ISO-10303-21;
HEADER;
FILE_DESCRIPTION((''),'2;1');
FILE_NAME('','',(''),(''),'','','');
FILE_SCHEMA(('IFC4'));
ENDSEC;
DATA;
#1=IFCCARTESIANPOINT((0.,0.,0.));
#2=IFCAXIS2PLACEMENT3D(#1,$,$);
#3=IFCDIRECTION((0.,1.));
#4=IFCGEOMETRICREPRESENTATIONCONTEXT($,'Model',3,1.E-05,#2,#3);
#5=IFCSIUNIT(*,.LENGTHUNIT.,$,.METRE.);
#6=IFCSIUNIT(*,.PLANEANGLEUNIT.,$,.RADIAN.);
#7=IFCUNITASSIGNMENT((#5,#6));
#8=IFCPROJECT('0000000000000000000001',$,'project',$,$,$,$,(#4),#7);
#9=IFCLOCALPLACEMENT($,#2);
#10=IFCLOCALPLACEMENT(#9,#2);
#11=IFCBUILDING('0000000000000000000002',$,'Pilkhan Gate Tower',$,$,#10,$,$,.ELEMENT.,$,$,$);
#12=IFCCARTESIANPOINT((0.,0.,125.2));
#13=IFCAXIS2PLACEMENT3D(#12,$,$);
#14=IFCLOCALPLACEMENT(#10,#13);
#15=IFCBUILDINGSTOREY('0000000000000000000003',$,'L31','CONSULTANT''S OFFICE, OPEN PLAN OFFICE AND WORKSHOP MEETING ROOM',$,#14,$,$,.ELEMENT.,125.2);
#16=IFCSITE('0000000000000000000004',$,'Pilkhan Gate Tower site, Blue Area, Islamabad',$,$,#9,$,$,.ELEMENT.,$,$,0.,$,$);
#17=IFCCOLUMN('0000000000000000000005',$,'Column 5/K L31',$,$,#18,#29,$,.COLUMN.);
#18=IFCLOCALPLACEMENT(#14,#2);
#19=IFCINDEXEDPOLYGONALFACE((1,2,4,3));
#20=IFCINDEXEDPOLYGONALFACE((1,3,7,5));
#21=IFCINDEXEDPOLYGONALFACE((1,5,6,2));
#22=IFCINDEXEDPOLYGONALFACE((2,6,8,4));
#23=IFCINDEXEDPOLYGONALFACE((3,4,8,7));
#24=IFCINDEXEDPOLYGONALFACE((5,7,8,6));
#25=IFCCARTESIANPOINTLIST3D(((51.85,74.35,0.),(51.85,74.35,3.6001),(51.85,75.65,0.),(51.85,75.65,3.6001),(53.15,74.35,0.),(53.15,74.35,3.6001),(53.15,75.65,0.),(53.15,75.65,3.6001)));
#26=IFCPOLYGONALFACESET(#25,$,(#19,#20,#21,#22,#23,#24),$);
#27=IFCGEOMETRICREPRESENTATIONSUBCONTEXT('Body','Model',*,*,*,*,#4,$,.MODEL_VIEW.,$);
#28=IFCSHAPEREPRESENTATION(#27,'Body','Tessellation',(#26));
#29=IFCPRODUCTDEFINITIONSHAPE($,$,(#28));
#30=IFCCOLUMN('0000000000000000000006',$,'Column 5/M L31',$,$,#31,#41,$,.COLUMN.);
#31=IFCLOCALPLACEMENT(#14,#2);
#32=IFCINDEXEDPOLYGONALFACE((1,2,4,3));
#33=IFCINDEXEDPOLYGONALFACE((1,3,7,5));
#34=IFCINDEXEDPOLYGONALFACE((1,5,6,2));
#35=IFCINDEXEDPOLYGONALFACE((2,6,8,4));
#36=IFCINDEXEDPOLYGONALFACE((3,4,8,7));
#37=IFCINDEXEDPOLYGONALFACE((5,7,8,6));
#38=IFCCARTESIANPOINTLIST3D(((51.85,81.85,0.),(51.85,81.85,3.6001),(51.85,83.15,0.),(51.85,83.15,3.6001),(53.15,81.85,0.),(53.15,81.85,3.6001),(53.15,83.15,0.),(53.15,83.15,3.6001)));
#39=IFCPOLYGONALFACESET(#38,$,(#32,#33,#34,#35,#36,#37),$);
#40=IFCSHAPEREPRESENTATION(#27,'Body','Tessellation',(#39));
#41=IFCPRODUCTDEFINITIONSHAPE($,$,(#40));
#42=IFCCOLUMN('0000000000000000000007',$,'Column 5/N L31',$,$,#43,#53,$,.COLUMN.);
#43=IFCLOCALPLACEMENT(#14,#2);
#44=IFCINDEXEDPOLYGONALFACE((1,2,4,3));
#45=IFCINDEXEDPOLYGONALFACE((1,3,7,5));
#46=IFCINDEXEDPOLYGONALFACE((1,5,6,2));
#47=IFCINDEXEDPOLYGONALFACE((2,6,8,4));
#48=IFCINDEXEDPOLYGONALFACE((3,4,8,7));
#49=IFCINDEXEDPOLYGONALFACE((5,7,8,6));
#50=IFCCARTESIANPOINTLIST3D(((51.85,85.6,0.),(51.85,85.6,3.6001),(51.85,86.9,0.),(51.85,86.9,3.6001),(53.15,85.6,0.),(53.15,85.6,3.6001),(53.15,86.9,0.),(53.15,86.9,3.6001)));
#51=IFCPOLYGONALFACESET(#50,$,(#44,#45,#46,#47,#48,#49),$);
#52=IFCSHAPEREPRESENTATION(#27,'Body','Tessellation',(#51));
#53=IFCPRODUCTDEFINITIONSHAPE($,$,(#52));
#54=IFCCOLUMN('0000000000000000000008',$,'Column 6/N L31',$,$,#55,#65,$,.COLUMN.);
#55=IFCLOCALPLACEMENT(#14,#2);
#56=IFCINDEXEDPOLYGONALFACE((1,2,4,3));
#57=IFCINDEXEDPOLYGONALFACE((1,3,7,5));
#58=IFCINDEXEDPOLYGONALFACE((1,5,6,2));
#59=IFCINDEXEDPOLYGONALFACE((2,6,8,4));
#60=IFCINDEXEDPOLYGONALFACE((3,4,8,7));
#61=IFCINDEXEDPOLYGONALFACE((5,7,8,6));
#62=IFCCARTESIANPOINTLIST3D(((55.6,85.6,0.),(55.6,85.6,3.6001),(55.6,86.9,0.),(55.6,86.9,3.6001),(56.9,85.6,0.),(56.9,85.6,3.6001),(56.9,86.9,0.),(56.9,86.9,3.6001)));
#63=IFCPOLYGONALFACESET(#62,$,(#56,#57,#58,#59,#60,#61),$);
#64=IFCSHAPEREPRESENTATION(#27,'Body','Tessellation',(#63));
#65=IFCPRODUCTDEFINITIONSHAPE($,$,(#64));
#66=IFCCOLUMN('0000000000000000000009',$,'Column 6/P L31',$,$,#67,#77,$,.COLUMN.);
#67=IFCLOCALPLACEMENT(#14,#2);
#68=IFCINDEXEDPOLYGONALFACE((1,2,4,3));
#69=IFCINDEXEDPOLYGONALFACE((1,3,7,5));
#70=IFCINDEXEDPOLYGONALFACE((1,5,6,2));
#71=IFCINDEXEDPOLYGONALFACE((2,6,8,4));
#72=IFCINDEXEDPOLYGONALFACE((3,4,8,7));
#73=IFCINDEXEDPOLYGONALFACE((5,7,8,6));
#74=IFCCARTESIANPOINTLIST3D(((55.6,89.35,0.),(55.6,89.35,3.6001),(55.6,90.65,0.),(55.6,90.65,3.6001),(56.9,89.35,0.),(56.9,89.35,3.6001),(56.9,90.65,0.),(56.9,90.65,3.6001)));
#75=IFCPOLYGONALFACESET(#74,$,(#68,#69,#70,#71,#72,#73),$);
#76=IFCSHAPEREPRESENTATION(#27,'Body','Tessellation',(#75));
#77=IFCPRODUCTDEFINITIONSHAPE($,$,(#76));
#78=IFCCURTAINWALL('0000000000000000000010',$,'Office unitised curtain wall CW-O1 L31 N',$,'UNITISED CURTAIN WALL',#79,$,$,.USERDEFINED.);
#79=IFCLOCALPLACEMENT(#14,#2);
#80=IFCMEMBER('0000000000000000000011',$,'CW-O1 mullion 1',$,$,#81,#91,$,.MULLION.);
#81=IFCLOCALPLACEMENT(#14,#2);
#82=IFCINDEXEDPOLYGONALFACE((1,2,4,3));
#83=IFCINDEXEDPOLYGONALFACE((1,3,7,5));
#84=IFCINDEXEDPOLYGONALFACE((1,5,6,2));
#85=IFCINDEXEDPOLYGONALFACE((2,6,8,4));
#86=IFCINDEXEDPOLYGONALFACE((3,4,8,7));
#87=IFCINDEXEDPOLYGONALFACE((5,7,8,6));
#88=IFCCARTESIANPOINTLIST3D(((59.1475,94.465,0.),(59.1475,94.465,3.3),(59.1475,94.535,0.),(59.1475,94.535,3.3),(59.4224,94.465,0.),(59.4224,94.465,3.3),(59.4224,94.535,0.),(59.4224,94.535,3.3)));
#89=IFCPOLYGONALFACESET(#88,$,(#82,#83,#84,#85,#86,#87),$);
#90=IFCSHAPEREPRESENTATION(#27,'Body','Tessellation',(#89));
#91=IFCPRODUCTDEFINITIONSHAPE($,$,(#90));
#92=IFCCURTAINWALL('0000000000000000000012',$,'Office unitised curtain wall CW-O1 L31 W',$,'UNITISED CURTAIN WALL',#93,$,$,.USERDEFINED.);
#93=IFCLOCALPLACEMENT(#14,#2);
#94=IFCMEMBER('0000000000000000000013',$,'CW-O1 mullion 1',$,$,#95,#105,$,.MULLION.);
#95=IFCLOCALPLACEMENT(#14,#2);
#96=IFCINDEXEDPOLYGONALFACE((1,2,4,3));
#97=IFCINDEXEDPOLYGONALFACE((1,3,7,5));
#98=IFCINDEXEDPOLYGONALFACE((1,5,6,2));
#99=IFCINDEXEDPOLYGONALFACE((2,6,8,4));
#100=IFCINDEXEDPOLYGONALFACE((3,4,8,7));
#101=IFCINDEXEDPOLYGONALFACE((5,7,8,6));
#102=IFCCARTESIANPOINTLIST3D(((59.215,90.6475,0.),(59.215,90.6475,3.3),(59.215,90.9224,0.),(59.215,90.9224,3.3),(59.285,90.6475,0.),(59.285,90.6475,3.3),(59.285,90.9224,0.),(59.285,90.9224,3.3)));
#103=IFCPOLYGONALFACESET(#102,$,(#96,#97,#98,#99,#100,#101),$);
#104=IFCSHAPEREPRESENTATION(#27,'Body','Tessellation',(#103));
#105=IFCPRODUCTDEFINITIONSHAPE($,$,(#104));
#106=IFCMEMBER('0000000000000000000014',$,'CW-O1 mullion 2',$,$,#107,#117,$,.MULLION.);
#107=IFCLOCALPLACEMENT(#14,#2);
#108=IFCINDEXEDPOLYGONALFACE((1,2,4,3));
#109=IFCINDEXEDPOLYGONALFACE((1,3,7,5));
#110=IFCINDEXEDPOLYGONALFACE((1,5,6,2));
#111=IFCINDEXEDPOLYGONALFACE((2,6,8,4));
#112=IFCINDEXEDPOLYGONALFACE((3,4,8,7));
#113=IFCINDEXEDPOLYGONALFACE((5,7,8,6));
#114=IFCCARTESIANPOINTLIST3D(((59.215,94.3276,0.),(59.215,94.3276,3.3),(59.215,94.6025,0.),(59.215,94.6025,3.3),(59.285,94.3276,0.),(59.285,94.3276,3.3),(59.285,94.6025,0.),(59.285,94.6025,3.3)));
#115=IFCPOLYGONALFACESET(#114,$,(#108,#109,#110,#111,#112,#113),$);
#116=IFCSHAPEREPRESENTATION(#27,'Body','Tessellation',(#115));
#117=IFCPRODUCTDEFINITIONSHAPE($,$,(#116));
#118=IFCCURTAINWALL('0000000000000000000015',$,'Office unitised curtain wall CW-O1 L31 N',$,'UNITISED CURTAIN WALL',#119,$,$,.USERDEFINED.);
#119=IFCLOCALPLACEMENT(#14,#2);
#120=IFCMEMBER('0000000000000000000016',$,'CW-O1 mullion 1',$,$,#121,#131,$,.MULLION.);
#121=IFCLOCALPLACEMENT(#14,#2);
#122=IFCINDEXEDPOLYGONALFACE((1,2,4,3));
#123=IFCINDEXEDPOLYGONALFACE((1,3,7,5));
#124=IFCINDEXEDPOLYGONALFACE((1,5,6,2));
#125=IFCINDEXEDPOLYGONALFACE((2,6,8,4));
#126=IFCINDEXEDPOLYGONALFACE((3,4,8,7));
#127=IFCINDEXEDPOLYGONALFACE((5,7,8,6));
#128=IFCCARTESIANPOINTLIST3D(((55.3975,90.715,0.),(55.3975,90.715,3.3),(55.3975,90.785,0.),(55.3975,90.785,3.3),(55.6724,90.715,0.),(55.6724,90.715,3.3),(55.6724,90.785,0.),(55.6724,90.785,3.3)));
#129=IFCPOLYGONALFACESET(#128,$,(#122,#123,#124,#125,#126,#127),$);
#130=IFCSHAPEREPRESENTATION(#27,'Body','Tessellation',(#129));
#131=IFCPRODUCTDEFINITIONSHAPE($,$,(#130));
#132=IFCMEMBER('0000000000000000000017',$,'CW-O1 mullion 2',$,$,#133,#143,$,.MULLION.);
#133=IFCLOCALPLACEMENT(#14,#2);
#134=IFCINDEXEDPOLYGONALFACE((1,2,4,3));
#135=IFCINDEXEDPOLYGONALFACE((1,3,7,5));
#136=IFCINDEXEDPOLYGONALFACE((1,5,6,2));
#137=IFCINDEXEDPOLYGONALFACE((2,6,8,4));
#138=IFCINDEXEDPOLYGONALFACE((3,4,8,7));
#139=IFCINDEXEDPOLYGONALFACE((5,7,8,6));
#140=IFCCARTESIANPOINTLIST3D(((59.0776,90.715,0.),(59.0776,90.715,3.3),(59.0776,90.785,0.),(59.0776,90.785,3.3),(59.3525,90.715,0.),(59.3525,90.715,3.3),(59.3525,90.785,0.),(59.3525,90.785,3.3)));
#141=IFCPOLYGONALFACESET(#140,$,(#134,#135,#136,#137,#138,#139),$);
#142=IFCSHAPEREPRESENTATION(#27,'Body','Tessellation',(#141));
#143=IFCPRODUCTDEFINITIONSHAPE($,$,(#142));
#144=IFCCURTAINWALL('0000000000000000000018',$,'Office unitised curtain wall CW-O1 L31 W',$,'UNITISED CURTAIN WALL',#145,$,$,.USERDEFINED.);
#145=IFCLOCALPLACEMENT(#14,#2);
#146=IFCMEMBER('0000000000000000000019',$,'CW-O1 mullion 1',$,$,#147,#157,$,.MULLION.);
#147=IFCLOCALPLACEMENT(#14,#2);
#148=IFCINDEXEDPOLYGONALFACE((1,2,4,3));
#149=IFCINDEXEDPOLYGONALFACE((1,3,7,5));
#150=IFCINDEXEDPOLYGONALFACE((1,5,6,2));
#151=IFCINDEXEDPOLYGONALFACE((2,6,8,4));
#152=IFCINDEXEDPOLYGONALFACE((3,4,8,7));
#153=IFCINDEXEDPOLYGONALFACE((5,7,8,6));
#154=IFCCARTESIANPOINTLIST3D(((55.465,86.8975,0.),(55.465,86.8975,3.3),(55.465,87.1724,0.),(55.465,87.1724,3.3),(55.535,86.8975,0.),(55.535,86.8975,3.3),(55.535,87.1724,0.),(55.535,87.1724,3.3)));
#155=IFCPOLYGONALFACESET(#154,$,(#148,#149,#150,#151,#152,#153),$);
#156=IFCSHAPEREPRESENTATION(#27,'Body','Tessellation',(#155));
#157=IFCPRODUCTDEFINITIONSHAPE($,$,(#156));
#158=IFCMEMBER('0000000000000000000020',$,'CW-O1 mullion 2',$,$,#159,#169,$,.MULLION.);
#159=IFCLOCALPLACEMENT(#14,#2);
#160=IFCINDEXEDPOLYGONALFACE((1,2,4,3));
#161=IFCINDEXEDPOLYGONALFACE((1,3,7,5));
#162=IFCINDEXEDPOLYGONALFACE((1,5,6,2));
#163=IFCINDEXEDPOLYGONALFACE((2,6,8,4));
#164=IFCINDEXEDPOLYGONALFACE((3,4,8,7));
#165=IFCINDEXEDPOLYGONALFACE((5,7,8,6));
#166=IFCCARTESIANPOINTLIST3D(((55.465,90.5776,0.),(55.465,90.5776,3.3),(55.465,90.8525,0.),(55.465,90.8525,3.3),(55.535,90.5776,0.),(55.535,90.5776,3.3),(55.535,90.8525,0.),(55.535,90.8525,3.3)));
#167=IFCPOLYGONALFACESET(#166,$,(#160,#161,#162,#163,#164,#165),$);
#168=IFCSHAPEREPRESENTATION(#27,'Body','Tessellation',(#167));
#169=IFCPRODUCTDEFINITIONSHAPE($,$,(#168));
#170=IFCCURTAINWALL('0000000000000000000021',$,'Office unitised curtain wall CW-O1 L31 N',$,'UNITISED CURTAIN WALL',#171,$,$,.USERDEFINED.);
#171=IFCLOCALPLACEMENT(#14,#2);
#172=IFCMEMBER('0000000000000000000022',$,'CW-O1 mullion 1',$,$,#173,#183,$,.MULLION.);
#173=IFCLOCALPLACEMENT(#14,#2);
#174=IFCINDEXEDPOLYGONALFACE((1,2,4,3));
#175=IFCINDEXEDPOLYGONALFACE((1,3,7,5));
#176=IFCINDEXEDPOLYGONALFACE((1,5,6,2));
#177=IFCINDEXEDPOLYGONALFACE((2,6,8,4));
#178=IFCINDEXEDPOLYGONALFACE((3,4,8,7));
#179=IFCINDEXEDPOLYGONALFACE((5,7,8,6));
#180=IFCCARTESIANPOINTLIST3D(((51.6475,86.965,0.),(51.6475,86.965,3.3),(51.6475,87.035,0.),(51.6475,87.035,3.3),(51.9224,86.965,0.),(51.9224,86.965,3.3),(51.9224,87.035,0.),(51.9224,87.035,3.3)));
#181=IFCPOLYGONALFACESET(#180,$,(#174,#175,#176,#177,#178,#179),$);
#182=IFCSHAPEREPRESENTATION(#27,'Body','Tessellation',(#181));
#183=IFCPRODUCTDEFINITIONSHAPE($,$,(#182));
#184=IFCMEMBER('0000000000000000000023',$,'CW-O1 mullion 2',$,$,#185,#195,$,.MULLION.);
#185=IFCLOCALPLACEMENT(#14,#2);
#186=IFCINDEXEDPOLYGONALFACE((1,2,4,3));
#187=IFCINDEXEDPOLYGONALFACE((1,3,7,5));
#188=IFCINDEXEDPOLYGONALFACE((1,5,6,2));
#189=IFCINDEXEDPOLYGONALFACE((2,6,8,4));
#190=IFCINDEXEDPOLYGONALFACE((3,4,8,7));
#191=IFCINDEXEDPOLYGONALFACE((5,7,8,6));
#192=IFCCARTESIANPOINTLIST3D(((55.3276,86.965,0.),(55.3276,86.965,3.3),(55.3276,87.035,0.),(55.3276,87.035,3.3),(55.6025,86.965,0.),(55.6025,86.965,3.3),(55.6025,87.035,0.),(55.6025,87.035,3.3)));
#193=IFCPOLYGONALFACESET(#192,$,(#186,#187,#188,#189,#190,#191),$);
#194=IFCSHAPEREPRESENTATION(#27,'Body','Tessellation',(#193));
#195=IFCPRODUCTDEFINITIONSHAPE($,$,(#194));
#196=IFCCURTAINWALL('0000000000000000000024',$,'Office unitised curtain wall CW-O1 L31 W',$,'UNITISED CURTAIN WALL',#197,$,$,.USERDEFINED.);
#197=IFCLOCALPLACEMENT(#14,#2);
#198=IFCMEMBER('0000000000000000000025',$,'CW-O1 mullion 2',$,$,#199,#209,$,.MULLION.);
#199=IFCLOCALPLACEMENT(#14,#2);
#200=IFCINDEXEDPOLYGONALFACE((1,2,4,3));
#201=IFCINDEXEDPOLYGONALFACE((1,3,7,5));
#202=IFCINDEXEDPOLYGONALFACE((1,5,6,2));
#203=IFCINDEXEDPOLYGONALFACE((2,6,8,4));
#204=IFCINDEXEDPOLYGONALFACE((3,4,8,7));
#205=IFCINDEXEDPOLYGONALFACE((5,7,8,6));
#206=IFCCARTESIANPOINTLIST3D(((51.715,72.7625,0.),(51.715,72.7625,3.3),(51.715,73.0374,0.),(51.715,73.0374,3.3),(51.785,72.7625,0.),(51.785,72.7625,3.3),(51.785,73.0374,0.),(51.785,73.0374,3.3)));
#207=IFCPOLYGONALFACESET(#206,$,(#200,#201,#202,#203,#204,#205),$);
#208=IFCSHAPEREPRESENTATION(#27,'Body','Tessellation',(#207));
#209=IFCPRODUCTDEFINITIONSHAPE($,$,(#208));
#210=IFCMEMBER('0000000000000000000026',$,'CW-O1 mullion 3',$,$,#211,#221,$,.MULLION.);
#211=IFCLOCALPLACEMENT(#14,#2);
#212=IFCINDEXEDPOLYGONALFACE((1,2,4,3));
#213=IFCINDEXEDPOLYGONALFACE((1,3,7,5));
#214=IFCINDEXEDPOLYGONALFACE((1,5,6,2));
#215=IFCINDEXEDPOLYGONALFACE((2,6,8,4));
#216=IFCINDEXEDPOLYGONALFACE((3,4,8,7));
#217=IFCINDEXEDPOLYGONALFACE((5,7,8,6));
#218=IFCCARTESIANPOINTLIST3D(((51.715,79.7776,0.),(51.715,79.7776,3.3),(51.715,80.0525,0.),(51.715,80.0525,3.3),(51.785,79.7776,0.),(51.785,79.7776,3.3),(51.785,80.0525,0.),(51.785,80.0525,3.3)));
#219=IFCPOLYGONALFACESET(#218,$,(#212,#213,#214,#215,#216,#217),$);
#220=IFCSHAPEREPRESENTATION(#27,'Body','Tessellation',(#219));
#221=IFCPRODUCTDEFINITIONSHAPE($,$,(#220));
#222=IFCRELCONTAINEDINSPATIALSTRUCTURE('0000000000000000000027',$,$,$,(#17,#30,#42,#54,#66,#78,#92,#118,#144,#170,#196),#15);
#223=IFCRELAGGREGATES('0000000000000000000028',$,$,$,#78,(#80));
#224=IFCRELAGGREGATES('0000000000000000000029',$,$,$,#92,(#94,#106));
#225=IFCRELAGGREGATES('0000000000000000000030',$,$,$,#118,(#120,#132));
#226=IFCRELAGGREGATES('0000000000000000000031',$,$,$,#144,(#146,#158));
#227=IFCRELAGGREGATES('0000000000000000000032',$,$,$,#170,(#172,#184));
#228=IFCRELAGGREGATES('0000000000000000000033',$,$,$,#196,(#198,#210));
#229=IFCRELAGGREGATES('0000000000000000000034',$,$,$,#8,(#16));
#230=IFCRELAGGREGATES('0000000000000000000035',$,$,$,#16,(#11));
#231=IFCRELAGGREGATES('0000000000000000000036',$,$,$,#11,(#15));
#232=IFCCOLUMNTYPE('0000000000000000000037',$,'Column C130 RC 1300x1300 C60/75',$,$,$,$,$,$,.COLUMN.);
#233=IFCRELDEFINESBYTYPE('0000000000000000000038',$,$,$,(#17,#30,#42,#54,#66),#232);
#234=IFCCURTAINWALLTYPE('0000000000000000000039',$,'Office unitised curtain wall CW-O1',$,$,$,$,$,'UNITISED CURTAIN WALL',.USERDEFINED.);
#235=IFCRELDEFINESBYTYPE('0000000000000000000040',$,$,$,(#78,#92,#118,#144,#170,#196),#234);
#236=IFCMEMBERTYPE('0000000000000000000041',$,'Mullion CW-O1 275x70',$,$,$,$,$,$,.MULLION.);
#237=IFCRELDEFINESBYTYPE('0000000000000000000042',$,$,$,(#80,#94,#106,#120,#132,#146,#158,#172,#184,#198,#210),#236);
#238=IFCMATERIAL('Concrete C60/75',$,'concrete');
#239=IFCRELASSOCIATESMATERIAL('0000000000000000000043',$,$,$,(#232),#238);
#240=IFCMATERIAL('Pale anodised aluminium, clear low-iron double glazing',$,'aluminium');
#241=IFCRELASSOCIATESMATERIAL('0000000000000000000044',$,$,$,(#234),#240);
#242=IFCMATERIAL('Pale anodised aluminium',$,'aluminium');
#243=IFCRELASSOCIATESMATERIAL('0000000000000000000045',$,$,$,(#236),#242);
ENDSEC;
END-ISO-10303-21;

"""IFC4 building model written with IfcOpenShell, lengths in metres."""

from ifc_helpers import new_model, si_unit, direction, frame, origin, origin_2d, place, context, subcontext, project, spatial, rectangle, extrude, material, material_profile, profile_set, type_object, element, aggregate, save


model = new_model("IFC4")

# Units and contexts
model_context = context("Model", 3, precision=1e-05, world=origin(), true_north=direction((0.0, 1.0)))
body_context = subcontext(model_context, "Body", "Model", "MODEL_VIEW")
ifc_project = project(units=[si_unit("LENGTHUNIT", "METRE"), si_unit("PLANEANGLEUNIT", "RADIAN")], contexts=[model_context])

# Site, building, storey
site_placement = place(None, origin())
site = spatial("IfcSite", under=ifc_project, at=site_placement, Name="Pilkhan Gate Tower site, Blue Area, Islamabad", CompositionType="ELEMENT", RefElevation=0.0)
building_placement = place(site_placement, origin())
building = spatial("IfcBuilding", under=site, at=building_placement, Name="Pilkhan Gate Tower", CompositionType="ELEMENT")
storey_placement = place(building_placement, frame((0.0, 0.0, 125.2)))
storey = spatial("IfcBuildingStorey", under=building, at=storey_placement, Name="L31", Description="CONSULTANT'S OFFICE, OPEN PLAN OFFICE AND WORKSHOP MEETING ROOM", CompositionType="ELEMENT", Elevation=125.2)

# Columns
ifc_material_1 = material(Name="Concrete C60/75", Category="concrete")
ifc_material_profile_1 = material_profile(ifc_material_1, rectangle(XDim=1.3, YDim=1.3, at=origin_2d()), Name="RC 1300x1300")
ifc_profile_set_1 = profile_set([ifc_material_profile_1], Name="Concrete C60/75")
column_type = type_object("IfcColumnType", Name="Column C130 RC 1300x1300 C60/75", PredefinedType="COLUMN", material=ifc_profile_set_1)
for number, where, z_axis, x_axis, name in (
    (1, (52.5, 75.0, 0.0), (0.0, 0.0, 1.0), (1.0, 0.0, 0.0), "Column 5/K L31"),
    (2, (52.5, 82.5, 0.0), (0.0, 0.0, 1.0), (1.0, 0.0, 0.0), "Column 5/M L31"),
    (3, (52.5, 86.25, 0.0), (0.0, 0.0, 1.0), (1.0, 0.0, 0.0), "Column 5/N L31"),
    (4, (56.25, 86.25, 0.0), (0.0, 0.0, 1.0), (1.0, 0.0, 0.0), "Column 6/N L31"),
    (5, (56.25, 90.0, 0.0), (0.0, 0.0, 1.0), (1.0, 0.0, 0.0), "Column 6/P L31"),
):
    element("IfcColumn", number, at=place(storey_placement, frame(where, z_axis=z_axis, x_axis=x_axis)), inside=storey, type_object=column_type, Name=name, PredefinedType="COLUMN", context=body_context, shape_type="SweptSolid", body=[
        extrude(rectangle(XDim=1.3, YDim=1.3, at=origin_2d()), origin(), (0.0, 0.0, 1.0), 3.6001),
    ])

# Curtain wall, member
ifc_material_2 = material(Name="Pale anodised aluminium, clear low-iron double glazing", Category="aluminium")
curtain_wall_type = type_object("IfcCurtainWallType", Name="Office unitised curtain wall CW-O1", ElementType="UNITISED CURTAIN WALL", PredefinedType="USERDEFINED", material=ifc_material_2)
curtain_wall_1_placement = place(storey_placement, origin())
curtain_wall_1 = element("IfcCurtainWall", 6, at=curtain_wall_1_placement, inside=storey, type_object=curtain_wall_type, Name="Office unitised curtain wall CW-O1 L31 N", ObjectType="UNITISED CURTAIN WALL", PredefinedType="USERDEFINED")
ifc_material_3 = material(Name="Pale anodised aluminium", Category="aluminium")
ifc_material_profile_2 = material_profile(ifc_material_3, rectangle(XDim=0.0701, YDim=0.2749, at=origin_2d()), Name="Mullion 275x70")
ifc_profile_set_2 = profile_set([ifc_material_profile_2], Name="Pale anodised aluminium")
member_type_1 = type_object("IfcMemberType", Name="Mullion CW-O1 275x70", PredefinedType="MULLION", material=ifc_profile_set_2)
member_1_placement = place(storey_placement, frame((59.2849, 94.5, 0.0), z_axis=(0.0, 0.0, 1.0), x_axis=(0.0, 1.0, 0.0)))
member_1 = element("IfcMember", 7, at=member_1_placement, type_object=member_type_1, Name="CW-O1 mullion 1", PredefinedType="MULLION", context=body_context, shape_type="SweptSolid", body=[
    extrude(rectangle(XDim=0.0701, YDim=0.2749, at=origin_2d()), origin(), (0.0, 0.0, 1.0), 3.3),
])

# Curtain walls, members
curtain_wall_2_placement = place(storey_placement, origin())
curtain_wall_2 = element("IfcCurtainWall", 8, at=curtain_wall_2_placement, inside=storey, type_object=curtain_wall_type, Name="Office unitised curtain wall CW-O1 L31 W", ObjectType="UNITISED CURTAIN WALL", PredefinedType="USERDEFINED")
member_2_placement = place(storey_placement, frame((59.25, 90.7849, 0.0), z_axis=(0.0, 0.0, 1.0), x_axis=(-1.0, 0.0, 0.0)))
member_2 = element("IfcMember", 9, at=member_2_placement, type_object=member_type_1, Name="CW-O1 mullion 1", PredefinedType="MULLION", context=body_context, shape_type="SweptSolid", body=[
    extrude(rectangle(XDim=0.0701, YDim=0.2749, at=origin_2d()), origin(), (0.0, 0.0, 1.0), 3.3),
])
member_3_placement = place(storey_placement, frame((59.25, 94.4651, 0.0), z_axis=(0.0, 0.0, 1.0), x_axis=(-1.0, 0.0, 0.0)))
member_3 = element("IfcMember", 10, at=member_3_placement, type_object=member_type_1, Name="CW-O1 mullion 2", PredefinedType="MULLION", context=body_context, shape_type="SweptSolid", body=[
    extrude(rectangle(XDim=0.0701, YDim=0.2749, at=origin_2d()), origin(), (0.0, 0.0, 1.0), 3.3),
])
curtain_wall_3_placement = place(storey_placement, origin())
curtain_wall_3 = element("IfcCurtainWall", 11, at=curtain_wall_3_placement, inside=storey, type_object=curtain_wall_type, Name="Office unitised curtain wall CW-O1 L31 N", ObjectType="UNITISED CURTAIN WALL", PredefinedType="USERDEFINED")
member_4_placement = place(storey_placement, frame((55.5349, 90.75, 0.0), z_axis=(0.0, 0.0, 1.0), x_axis=(0.0, 1.0, 0.0)))
member_4 = element("IfcMember", 12, at=member_4_placement, type_object=member_type_1, Name="CW-O1 mullion 1", PredefinedType="MULLION", context=body_context, shape_type="SweptSolid", body=[
    extrude(rectangle(XDim=0.0701, YDim=0.2749, at=origin_2d()), origin(), (0.0, 0.0, 1.0), 3.3),
])
member_5_placement = place(storey_placement, frame((59.2151, 90.75, 0.0), z_axis=(0.0, 0.0, 1.0), x_axis=(0.0, 1.0, 0.0)))
member_5 = element("IfcMember", 13, at=member_5_placement, type_object=member_type_1, Name="CW-O1 mullion 2", PredefinedType="MULLION", context=body_context, shape_type="SweptSolid", body=[
    extrude(rectangle(XDim=0.0701, YDim=0.2749, at=origin_2d()), origin(), (0.0, 0.0, 1.0), 3.3),
])
curtain_wall_4_placement = place(storey_placement, origin())
curtain_wall_4 = element("IfcCurtainWall", 14, at=curtain_wall_4_placement, inside=storey, type_object=curtain_wall_type, Name="Office unitised curtain wall CW-O1 L31 W", ObjectType="UNITISED CURTAIN WALL", PredefinedType="USERDEFINED")
member_6_placement = place(storey_placement, frame((55.5, 87.0349, 0.0), z_axis=(0.0, 0.0, 1.0), x_axis=(-1.0, 0.0, 0.0)))
member_6 = element("IfcMember", 15, at=member_6_placement, type_object=member_type_1, Name="CW-O1 mullion 1", PredefinedType="MULLION", context=body_context, shape_type="SweptSolid", body=[
    extrude(rectangle(XDim=0.0701, YDim=0.2749, at=origin_2d()), origin(), (0.0, 0.0, 1.0), 3.3),
])
member_7_placement = place(storey_placement, frame((55.5, 90.7151, 0.0), z_axis=(0.0, 0.0, 1.0), x_axis=(-1.0, 0.0, 0.0)))
member_7 = element("IfcMember", 16, at=member_7_placement, type_object=member_type_1, Name="CW-O1 mullion 2", PredefinedType="MULLION", context=body_context, shape_type="SweptSolid", body=[
    extrude(rectangle(XDim=0.0701, YDim=0.2749, at=origin_2d()), origin(), (0.0, 0.0, 1.0), 3.3),
])
curtain_wall_5_placement = place(storey_placement, origin())
curtain_wall_5 = element("IfcCurtainWall", 17, at=curtain_wall_5_placement, inside=storey, type_object=curtain_wall_type, Name="Office unitised curtain wall CW-O1 L31 N", ObjectType="UNITISED CURTAIN WALL", PredefinedType="USERDEFINED")
member_8_placement = place(storey_placement, frame((51.7849, 87.0, 0.0), z_axis=(0.0, 0.0, 1.0), x_axis=(0.0, 1.0, 0.0)))
member_8 = element("IfcMember", 18, at=member_8_placement, type_object=member_type_1, Name="CW-O1 mullion 1", PredefinedType="MULLION", context=body_context, shape_type="SweptSolid", body=[
    extrude(rectangle(XDim=0.0701, YDim=0.2749, at=origin_2d()), origin(), (0.0, 0.0, 1.0), 3.3),
])
member_9_placement = place(storey_placement, frame((55.4651, 87.0, 0.0), z_axis=(0.0, 0.0, 1.0), x_axis=(0.0, 1.0, 0.0)))
member_9 = element("IfcMember", 19, at=member_9_placement, type_object=member_type_1, Name="CW-O1 mullion 2", PredefinedType="MULLION", context=body_context, shape_type="SweptSolid", body=[
    extrude(rectangle(XDim=0.0701, YDim=0.2749, at=origin_2d()), origin(), (0.0, 0.0, 1.0), 3.3),
])
curtain_wall_6_placement = place(storey_placement, origin())
curtain_wall_6 = element("IfcCurtainWall", 20, at=curtain_wall_6_placement, inside=storey, type_object=curtain_wall_type, Name="Office unitised curtain wall CW-O1 L31 W", ObjectType="UNITISED CURTAIN WALL", PredefinedType="USERDEFINED")
member_10_placement = place(storey_placement, frame((51.75, 72.8999, 0.0), z_axis=(0.0, 0.0, 1.0), x_axis=(-1.0, 0.0, 0.0)))
member_10 = element("IfcMember", 21, at=member_10_placement, type_object=member_type_1, Name="CW-O1 mullion 2", PredefinedType="MULLION", context=body_context, shape_type="SweptSolid", body=[
    extrude(rectangle(XDim=0.0701, YDim=0.2749, at=origin_2d()), origin(), (0.0, 0.0, 1.0), 3.3),
])
member_11_placement = place(storey_placement, frame((51.75, 79.915, 0.0), z_axis=(0.0, 0.0, 1.0), x_axis=(-1.0, 0.0, 0.0)))
member_11 = element("IfcMember", 22, at=member_11_placement, type_object=member_type_1, Name="CW-O1 mullion 3", PredefinedType="MULLION", context=body_context, shape_type="SweptSolid", body=[
    extrude(rectangle(XDim=0.0701, YDim=0.2749, at=origin_2d()), origin(), (0.0, 0.0, 1.0), 3.3),
])

aggregate(curtain_wall_1, [member_1])

aggregate(curtain_wall_2, [member_2, member_3])
aggregate(curtain_wall_3, [member_4, member_5])
aggregate(curtain_wall_4, [member_6, member_7])
aggregate(curtain_wall_5, [member_8, member_9])
aggregate(curtain_wall_6, [member_10, member_11])

save(model, "model.ifc")
